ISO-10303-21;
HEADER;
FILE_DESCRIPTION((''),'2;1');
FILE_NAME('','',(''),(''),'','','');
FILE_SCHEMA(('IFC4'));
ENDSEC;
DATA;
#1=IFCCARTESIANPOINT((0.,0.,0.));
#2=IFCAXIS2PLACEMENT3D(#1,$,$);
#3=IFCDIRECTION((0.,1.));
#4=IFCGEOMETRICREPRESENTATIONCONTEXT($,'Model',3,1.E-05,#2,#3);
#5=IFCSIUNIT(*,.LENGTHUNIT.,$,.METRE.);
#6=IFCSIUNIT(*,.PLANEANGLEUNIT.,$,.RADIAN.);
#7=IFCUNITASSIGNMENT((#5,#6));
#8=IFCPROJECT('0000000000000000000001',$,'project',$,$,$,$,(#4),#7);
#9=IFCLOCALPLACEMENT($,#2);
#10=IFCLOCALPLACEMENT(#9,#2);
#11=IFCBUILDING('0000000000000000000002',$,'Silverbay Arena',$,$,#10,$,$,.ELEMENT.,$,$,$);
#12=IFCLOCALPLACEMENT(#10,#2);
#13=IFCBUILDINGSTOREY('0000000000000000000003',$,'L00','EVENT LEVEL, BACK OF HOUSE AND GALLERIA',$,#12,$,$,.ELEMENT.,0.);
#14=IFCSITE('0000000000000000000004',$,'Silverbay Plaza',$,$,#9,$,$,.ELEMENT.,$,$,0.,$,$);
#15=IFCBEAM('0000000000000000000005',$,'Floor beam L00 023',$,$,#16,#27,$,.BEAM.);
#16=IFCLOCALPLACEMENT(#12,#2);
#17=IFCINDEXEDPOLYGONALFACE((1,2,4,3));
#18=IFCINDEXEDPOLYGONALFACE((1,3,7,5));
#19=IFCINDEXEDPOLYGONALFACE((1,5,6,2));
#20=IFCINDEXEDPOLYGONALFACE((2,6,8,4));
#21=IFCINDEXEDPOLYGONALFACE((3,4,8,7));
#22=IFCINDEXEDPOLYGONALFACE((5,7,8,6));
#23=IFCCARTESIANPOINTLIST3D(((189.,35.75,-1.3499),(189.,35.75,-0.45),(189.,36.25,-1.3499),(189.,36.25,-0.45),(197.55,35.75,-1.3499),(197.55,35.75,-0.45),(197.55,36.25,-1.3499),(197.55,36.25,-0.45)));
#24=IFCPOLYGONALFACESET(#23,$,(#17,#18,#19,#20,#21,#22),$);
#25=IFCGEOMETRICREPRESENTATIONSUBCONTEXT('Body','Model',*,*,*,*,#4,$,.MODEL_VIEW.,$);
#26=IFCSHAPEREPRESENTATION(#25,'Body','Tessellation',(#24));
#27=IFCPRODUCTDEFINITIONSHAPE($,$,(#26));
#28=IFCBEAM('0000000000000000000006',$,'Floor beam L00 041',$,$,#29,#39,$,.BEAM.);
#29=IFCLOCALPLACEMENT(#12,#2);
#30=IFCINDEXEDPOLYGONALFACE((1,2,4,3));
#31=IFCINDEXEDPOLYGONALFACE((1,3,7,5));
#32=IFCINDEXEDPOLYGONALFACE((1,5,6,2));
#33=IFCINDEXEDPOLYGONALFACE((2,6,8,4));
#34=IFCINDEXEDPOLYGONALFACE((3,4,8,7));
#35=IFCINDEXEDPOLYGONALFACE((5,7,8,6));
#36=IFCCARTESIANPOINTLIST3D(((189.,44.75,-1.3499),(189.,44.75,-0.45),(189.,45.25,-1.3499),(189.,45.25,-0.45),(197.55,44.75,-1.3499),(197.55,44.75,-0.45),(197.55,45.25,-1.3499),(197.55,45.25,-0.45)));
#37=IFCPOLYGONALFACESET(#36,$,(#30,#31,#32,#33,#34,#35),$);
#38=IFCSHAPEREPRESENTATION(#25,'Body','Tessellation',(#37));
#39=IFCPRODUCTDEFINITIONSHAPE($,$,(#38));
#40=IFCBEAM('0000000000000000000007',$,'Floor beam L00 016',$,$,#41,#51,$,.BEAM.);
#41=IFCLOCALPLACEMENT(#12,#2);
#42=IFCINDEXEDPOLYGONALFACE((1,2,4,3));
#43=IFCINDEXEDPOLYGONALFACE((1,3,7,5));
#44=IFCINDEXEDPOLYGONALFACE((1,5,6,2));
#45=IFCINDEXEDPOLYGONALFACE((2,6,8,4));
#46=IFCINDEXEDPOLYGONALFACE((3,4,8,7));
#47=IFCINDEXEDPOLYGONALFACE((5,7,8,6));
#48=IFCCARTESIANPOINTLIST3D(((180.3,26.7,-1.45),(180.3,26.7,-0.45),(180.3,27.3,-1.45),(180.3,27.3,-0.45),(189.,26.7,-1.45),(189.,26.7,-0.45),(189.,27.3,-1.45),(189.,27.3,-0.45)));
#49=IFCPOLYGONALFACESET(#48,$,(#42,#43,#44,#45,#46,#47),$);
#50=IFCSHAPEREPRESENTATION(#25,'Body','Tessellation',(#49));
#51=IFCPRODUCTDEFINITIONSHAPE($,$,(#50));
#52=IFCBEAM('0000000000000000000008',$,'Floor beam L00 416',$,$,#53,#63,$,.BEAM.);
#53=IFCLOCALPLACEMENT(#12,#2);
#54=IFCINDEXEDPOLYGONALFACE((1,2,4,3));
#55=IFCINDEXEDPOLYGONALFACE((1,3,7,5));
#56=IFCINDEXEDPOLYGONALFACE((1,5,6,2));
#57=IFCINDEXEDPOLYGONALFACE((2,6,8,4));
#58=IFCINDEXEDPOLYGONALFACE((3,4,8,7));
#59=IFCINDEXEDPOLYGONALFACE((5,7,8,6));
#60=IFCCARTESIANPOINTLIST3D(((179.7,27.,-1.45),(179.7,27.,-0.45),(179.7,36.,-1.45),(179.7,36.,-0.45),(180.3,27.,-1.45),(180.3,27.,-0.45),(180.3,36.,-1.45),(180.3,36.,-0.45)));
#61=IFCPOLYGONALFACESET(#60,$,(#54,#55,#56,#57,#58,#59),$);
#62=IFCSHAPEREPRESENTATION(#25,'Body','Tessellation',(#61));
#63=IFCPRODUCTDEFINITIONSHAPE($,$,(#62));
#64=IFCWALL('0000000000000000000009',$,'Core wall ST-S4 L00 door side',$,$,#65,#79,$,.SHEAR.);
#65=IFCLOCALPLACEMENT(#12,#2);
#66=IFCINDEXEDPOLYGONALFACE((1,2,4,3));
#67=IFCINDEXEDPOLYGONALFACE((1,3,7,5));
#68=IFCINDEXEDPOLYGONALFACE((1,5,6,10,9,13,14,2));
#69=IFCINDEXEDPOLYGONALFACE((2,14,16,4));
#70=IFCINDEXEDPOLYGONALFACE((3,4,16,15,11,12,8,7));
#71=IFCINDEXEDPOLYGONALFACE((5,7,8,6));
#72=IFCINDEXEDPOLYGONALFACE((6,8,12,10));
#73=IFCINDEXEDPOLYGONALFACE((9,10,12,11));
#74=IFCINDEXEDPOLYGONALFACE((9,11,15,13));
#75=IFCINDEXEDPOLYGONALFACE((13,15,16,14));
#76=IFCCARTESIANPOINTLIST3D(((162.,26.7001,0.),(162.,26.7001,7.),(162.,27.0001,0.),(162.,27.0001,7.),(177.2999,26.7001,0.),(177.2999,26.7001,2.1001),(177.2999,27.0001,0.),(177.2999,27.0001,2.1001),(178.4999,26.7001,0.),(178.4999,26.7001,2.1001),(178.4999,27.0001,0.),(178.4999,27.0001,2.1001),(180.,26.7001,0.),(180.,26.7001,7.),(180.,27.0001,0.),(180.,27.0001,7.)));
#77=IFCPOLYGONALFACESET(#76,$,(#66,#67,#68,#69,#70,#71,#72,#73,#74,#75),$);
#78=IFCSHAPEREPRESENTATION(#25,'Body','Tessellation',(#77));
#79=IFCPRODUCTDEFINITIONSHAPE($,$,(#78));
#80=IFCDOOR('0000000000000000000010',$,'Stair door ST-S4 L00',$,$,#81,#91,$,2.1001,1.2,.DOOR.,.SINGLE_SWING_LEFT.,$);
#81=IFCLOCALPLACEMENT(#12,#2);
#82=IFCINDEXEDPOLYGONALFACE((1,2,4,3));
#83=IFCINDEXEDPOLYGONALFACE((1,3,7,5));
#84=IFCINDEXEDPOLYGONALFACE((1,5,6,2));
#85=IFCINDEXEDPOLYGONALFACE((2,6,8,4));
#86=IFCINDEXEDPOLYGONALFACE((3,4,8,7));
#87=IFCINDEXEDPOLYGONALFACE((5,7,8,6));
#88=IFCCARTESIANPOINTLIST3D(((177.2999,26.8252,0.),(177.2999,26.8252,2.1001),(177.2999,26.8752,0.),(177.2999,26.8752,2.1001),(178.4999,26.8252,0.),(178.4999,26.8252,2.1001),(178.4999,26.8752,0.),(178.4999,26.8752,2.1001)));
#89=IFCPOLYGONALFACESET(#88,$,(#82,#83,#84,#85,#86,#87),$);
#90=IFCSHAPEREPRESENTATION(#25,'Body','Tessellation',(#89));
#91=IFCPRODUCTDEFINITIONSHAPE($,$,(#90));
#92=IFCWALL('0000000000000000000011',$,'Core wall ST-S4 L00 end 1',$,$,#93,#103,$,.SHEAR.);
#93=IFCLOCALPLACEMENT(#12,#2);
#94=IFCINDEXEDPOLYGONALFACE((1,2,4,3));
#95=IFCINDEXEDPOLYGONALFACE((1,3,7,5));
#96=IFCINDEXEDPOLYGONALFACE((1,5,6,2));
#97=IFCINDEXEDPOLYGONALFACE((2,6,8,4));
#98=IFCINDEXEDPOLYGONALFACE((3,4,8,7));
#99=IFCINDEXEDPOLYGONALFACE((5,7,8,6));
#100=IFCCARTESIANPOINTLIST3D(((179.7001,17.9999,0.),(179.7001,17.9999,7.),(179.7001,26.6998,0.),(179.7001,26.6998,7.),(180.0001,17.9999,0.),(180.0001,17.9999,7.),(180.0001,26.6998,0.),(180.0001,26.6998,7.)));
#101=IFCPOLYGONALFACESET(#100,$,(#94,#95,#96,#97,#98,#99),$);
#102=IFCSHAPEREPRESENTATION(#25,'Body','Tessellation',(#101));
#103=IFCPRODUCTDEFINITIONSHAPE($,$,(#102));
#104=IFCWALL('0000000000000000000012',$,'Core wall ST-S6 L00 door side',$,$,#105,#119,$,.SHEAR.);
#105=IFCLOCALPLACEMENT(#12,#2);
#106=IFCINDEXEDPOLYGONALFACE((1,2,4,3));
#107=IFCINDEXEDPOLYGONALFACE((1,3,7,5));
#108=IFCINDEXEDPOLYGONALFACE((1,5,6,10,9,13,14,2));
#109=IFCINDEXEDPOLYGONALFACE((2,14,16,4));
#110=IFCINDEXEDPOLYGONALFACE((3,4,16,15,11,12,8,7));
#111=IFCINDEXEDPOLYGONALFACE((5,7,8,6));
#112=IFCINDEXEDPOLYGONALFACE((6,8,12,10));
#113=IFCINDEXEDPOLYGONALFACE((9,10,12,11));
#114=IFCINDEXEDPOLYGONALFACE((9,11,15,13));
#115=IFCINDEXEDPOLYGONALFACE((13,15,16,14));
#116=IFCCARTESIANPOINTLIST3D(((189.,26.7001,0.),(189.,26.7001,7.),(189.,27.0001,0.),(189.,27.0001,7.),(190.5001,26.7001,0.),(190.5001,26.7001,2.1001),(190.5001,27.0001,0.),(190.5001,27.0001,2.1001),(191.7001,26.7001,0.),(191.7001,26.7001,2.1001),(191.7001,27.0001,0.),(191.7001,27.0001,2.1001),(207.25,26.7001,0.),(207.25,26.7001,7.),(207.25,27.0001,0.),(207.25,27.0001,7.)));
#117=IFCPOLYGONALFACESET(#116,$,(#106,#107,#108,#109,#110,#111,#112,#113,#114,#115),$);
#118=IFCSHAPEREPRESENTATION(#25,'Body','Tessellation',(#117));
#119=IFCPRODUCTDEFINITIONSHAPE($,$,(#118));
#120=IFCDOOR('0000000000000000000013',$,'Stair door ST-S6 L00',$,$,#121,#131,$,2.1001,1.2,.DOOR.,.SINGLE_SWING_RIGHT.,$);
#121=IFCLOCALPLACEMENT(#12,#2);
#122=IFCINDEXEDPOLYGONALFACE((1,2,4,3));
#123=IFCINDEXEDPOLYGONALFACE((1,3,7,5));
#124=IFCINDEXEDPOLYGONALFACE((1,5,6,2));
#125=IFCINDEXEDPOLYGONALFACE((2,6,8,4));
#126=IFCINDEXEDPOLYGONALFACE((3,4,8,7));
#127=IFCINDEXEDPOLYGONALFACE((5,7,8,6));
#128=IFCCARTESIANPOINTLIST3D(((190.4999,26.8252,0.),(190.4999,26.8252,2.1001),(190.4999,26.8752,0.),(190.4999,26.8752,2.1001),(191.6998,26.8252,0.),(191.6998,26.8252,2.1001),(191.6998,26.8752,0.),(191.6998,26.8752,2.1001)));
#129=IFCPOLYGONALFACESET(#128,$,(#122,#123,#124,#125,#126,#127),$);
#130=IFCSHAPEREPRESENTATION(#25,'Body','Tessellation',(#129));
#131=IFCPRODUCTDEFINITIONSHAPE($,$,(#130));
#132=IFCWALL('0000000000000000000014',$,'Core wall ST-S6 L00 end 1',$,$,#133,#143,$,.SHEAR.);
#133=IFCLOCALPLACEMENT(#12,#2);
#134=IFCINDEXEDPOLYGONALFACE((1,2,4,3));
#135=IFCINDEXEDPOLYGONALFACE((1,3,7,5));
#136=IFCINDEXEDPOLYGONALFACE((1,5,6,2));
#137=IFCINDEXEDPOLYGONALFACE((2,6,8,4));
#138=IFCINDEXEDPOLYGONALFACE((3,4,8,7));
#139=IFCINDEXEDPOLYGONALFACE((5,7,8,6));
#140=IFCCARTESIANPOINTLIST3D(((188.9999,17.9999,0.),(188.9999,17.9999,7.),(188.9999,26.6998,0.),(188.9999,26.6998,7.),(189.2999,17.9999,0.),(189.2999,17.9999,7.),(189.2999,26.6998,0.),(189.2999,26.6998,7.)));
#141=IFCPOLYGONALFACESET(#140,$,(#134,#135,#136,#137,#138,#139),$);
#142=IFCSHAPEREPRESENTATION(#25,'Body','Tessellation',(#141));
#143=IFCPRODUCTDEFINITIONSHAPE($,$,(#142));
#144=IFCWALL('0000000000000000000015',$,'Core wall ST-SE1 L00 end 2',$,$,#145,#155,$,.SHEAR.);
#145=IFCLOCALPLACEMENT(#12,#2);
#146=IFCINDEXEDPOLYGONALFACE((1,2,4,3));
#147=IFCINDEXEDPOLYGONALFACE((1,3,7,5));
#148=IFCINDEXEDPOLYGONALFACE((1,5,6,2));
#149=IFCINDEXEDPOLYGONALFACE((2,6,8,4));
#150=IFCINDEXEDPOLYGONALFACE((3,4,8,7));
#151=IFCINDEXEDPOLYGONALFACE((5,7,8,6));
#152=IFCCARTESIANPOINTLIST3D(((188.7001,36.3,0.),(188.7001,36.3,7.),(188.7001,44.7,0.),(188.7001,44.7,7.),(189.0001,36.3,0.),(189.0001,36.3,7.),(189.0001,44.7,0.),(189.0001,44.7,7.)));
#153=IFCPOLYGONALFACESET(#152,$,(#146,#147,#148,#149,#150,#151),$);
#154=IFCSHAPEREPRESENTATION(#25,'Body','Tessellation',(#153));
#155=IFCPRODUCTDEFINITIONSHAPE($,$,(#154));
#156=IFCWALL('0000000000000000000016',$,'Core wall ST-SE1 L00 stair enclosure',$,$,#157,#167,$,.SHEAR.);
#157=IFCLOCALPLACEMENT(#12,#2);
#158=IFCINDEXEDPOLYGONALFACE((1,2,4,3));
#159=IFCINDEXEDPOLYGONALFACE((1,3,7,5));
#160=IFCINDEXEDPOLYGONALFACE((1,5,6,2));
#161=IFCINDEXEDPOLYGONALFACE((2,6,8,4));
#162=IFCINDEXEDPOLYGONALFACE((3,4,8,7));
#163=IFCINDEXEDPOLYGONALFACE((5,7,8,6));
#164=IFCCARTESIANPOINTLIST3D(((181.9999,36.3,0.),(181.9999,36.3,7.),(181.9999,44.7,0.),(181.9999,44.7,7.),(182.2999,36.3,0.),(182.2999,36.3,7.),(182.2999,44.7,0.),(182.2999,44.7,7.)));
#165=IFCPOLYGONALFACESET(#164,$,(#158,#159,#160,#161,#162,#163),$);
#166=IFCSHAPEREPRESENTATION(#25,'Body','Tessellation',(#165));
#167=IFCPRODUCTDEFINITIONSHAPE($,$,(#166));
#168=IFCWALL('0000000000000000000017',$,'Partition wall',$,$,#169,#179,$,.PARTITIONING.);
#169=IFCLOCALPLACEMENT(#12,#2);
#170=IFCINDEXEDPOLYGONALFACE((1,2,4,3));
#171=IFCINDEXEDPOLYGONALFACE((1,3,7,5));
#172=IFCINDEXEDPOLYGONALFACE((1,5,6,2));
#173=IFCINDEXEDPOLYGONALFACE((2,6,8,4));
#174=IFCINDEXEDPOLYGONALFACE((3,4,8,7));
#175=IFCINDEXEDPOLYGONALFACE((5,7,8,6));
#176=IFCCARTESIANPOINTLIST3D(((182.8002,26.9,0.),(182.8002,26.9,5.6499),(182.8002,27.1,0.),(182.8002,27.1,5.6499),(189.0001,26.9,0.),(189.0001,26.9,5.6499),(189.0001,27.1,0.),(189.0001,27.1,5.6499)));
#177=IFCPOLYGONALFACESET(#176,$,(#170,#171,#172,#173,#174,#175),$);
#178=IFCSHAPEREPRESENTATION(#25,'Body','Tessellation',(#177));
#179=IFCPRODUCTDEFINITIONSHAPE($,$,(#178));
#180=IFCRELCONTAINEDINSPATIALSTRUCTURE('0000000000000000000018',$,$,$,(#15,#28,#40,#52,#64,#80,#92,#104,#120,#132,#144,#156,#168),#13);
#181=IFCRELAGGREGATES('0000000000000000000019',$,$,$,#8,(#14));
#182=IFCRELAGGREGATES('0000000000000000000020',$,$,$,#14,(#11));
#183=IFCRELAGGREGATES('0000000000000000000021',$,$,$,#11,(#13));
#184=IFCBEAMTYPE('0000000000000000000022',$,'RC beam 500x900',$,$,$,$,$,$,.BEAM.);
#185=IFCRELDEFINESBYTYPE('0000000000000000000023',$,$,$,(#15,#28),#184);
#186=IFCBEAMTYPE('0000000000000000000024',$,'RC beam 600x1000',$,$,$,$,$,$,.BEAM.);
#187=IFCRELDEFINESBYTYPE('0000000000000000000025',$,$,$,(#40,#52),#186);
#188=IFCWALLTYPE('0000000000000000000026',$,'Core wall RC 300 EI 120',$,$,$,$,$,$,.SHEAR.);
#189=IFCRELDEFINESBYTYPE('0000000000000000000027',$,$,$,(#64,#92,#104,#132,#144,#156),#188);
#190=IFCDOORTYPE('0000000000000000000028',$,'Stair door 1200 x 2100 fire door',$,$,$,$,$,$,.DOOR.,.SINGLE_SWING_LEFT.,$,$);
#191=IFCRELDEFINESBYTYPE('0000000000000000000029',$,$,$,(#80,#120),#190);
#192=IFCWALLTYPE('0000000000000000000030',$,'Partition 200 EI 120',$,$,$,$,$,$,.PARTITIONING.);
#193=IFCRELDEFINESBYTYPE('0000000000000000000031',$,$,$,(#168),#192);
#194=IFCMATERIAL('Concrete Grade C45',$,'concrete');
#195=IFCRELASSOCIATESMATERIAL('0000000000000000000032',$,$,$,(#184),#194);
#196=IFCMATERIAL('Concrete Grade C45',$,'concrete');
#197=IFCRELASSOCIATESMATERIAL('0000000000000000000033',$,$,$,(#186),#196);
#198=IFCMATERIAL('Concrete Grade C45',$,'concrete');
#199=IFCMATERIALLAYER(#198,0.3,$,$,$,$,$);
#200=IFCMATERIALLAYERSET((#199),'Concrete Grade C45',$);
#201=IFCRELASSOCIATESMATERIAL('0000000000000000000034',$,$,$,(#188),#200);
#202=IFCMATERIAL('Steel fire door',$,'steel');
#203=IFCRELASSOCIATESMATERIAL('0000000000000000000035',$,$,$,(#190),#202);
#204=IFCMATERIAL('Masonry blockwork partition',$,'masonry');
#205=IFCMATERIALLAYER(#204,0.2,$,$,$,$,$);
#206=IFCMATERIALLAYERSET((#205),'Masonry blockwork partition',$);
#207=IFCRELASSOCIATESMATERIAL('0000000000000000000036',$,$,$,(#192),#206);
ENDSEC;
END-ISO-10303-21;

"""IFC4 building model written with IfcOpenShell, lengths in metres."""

from ifc_helpers import new_model, si_unit, direction, frame, frame_2d, origin, origin_2d, place, context, subcontext, project, spatial, rectangle, extrude, material, layer, layer_set, material_profile, profile_set, type_object, element, fill, save


model = new_model("IFC4")

# Units and contexts
model_context = context("Model", 3, precision=1e-05, world=origin(), true_north=direction((0.0, 1.0)))
body_context = subcontext(model_context, "Body", "Model", "MODEL_VIEW")
ifc_project = project(units=[si_unit("LENGTHUNIT", "METRE"), si_unit("PLANEANGLEUNIT", "RADIAN")], contexts=[model_context])

# Site, building, storey
site_placement = place(None, origin())
site = spatial("IfcSite", under=ifc_project, at=site_placement, Name="Silverbay Plaza", CompositionType="ELEMENT", RefElevation=0.0)
building_placement = place(site_placement, origin())
building = spatial("IfcBuilding", under=site, at=building_placement, Name="Silverbay Arena", CompositionType="ELEMENT")
storey_placement = place(building_placement, origin())
storey = spatial("IfcBuildingStorey", under=building, at=storey_placement, Name="L00", Description="EVENT LEVEL, BACK OF HOUSE AND GALLERIA", CompositionType="ELEMENT", Elevation=0.0)

# Beams
ifc_material_1 = material(Name="Concrete Grade C45", Category="concrete")
ifc_material_profile_1 = material_profile(ifc_material_1, rectangle(XDim=0.5, YDim=0.8999, at=origin_2d()), Name="RC 500x900")
ifc_profile_set_1 = profile_set([ifc_material_profile_1], Name="Concrete Grade C45")
beam_type_1 = type_object("IfcBeamType", Name="RC beam 500x900", PredefinedType="BEAM", material=ifc_profile_set_1)
for number, where, z_axis, x_axis, name in (
    (1, (189.0, 36.0, -0.8999), (1.0, 0.0, 0.0), (0.0, 1.0, 0.0), "Floor beam L00 023"),
    (2, (189.0, 45.0, -0.8999), (1.0, 0.0, 0.0), (0.0, 1.0, 0.0), "Floor beam L00 041"),
):
    element("IfcBeam", number, at=place(storey_placement, frame(where, z_axis=z_axis, x_axis=x_axis)), inside=storey, type_object=beam_type_1, Name=name, PredefinedType="BEAM", context=body_context, shape_type="SweptSolid", body=[
        extrude(rectangle(XDim=0.5, YDim=0.8999, at=origin_2d()), origin(), (0.0, 0.0, 1.0), 8.55),
    ])
ifc_material_2 = material(Name="Concrete Grade C45", Category="concrete")
ifc_material_profile_2 = material_profile(ifc_material_2, rectangle(XDim=0.6001, YDim=1.0, at=origin_2d()), Name="RC 600x1000")
ifc_profile_set_2 = profile_set([ifc_material_profile_2], Name="Concrete Grade C45")
beam_type_2 = type_object("IfcBeamType", Name="RC beam 600x1000", PredefinedType="BEAM", material=ifc_profile_set_2)
beam_1_placement = place(storey_placement, frame((180.3, 27.0, -0.95), z_axis=(1.0, 0.0, 0.0), x_axis=(0.0, 1.0, 0.0)))
element("IfcBeam", 3, at=beam_1_placement, inside=storey, type_object=beam_type_2, Name="Floor beam L00 016", PredefinedType="BEAM", context=body_context, shape_type="SweptSolid", body=[
    extrude(rectangle(XDim=0.6001, YDim=1.0, at=origin_2d()), origin(), (0.0, 0.0, 1.0), 8.7),
])
beam_2_placement = place(storey_placement, frame((180.0, 27.0, -0.95), z_axis=(0.0, 1.0, 0.0), x_axis=(-1.0, 0.0, 0.0)))
element("IfcBeam", 4, at=beam_2_placement, inside=storey, type_object=beam_type_2, Name="Floor beam L00 416", PredefinedType="BEAM", context=body_context, shape_type="SweptSolid", body=[
    extrude(rectangle(XDim=0.6001, YDim=1.0, at=origin_2d()), origin(), (0.0, 0.0, 1.0), 9.0),
])

# Wall, opening, door
ifc_material_3 = material(Name="Concrete Grade C45", Category="concrete")
ifc_layer_1 = layer(ifc_material_3, 0.3)
ifc_layer_set_1 = layer_set([ifc_layer_1], Name="Concrete Grade C45")
wall_type_1 = type_object("IfcWallType", Name="Core wall RC 300 EI 120", PredefinedType="SHEAR", material=ifc_layer_set_1)
wall_1_placement = place(storey_placement, frame((180.0, 26.8501, 0.0), z_axis=(0.0, 0.0, 1.0), x_axis=(-1.0, 0.0, 0.0)))
wall_1 = element("IfcWall", 5, at=wall_1_placement, inside=storey, type_object=wall_type_1, Name="Core wall ST-S4 L00 door side", PredefinedType="SHEAR", context=body_context, shape_type="SweptSolid", body=[
    extrude(rectangle(XDim=18.0, YDim=0.3, at=frame_2d((9.0, 0.0))), origin(), (0.0, 0.0, 1.0), 7.0),
])
opening_1_placement = place(wall_1_placement, frame((1.5, 0.0, 0.0)))
opening_1 = element("IfcOpeningElement", 6, at=opening_1_placement, cuts=wall_1, PredefinedType="OPENING", context=body_context, shape_type="SweptSolid", body=[
    extrude(rectangle(XDim=1.2, YDim=2.1001, at=frame_2d((0.6001, 1.05))), frame((0.0, 0.1602, 0.0), z_axis=(0.0, -1.0, 0.0), x_axis=(1.0, 0.0, 0.0)), (0.0, 0.0, 1.0), 0.3201),
])
ifc_material_4 = material(Name="Steel fire door", Category="steel")
door_type = type_object("IfcDoorType", Name="Stair door 1200 x 2100 fire door", OperationType="SINGLE_SWING_LEFT", PredefinedType="DOOR", material=ifc_material_4)
door_1_placement = place(opening_1_placement, origin())
door_1 = element("IfcDoor", 7, at=door_1_placement, inside=storey, type_object=door_type, Name="Stair door ST-S4 L00", OperationType="SINGLE_SWING_LEFT", OverallHeight=2.1001, OverallWidth=1.2, PredefinedType="DOOR", context=body_context, shape_type="SweptSolid", body=[
    extrude(rectangle(XDim=1.2, YDim=2.1001, at=frame_2d((0.6001, 1.05))), frame((0.0, 0.0249, 0.0), z_axis=(0.0, -1.0, 0.0), x_axis=(1.0, 0.0, 0.0)), (0.0, 0.0, 1.0), 0.05),
])
fill(opening_1, door_1)

# Wall
wall_2_placement = place(storey_placement, frame((179.8501, 26.7, 0.0), z_axis=(0.0, 0.0, 1.0), x_axis=(0.0, -1.0, 0.0)))
element("IfcWall", 8, at=wall_2_placement, inside=storey, type_object=wall_type_1, Name="Core wall ST-S4 L00 end 1", PredefinedType="SHEAR", context=body_context, shape_type="SweptSolid", body=[
    extrude(rectangle(XDim=8.7, YDim=0.3, at=frame_2d((4.3501, 0.0))), origin(), (0.0, 0.0, 1.0), 7.0),
])

# Wall, opening, door
wall_3_placement = place(storey_placement, frame((189.0, 26.8501, 0.0), z_axis=(0.0, 0.0, 1.0), x_axis=(1.0, 0.0, 0.0)))
wall_3 = element("IfcWall", 9, at=wall_3_placement, inside=storey, type_object=wall_type_1, Name="Core wall ST-S6 L00 door side", PredefinedType="SHEAR", context=body_context, shape_type="SweptSolid", body=[
    extrude(rectangle(XDim=18.25, YDim=0.3, at=frame_2d((9.125, 0.0))), origin(), (0.0, 0.0, 1.0), 7.0),
])
opening_2_placement = place(wall_3_placement, frame((1.5, 0.0, 0.0)))
opening_2 = element("IfcOpeningElement", 10, at=opening_2_placement, cuts=wall_3, PredefinedType="OPENING", context=body_context, shape_type="SweptSolid", body=[
    extrude(rectangle(XDim=1.2, YDim=2.1001, at=frame_2d((0.6001, 1.05))), frame((0.0, 0.1602, 0.0), z_axis=(0.0, -1.0, 0.0), x_axis=(1.0, 0.0, 0.0)), (0.0, 0.0, 1.0), 0.3201),
])
door_2_placement = place(opening_2_placement, frame((1.2, 0.0, 0.0), z_axis=(0.0, 0.0, 1.0), x_axis=(-1.0, 0.0, 0.0)))
door_2 = element("IfcDoor", 11, at=door_2_placement, inside=storey, type_object=door_type, Name="Stair door ST-S6 L00", OperationType="SINGLE_SWING_RIGHT", OverallHeight=2.1001, OverallWidth=1.2, PredefinedType="DOOR", context=body_context, shape_type="SweptSolid", body=[
    extrude(rectangle(XDim=1.2, YDim=2.1001, at=frame_2d((0.6001, 1.05))), frame((0.0, 0.0249, 0.0), z_axis=(0.0, -1.0, 0.0), x_axis=(1.0, 0.0, 0.0)), (0.0, 0.0, 1.0), 0.05),
])
fill(opening_2, door_2)

# Walls
wall_4_placement = place(storey_placement, frame((189.1499, 26.7, 0.0), z_axis=(0.0, 0.0, 1.0), x_axis=(0.0, -1.0, 0.0)))
element("IfcWall", 12, at=wall_4_placement, inside=storey, type_object=wall_type_1, Name="Core wall ST-S6 L00 end 1", PredefinedType="SHEAR", context=body_context, shape_type="SweptSolid", body=[
    extrude(rectangle(XDim=8.7, YDim=0.3, at=frame_2d((4.3501, 0.0))), origin(), (0.0, 0.0, 1.0), 7.0),
])
for number, where, z_axis, x_axis, name in (
    (13, (188.8501, 44.7, 0.0), (0.0, 0.0, 1.0), (0.0, -1.0, 0.0), "Core wall ST-SE1 L00 end 2"),
    (14, (182.1499, 44.7, 0.0), (0.0, 0.0, 1.0), (0.0, -1.0, 0.0), "Core wall ST-SE1 L00 stair enclosure"),
):
    element("IfcWall", number, at=place(storey_placement, frame(where, z_axis=z_axis, x_axis=x_axis)), inside=storey, type_object=wall_type_1, Name=name, PredefinedType="SHEAR", context=body_context, shape_type="SweptSolid", body=[
        extrude(rectangle(XDim=8.3999, YDim=0.3, at=frame_2d((4.2, 0.0))), origin(), (0.0, 0.0, 1.0), 7.0),
    ])
ifc_material_5 = material(Name="Masonry blockwork partition", Category="masonry")
ifc_layer_2 = layer(ifc_material_5, 0.2)
ifc_layer_set_2 = layer_set([ifc_layer_2], Name="Masonry blockwork partition")
wall_type_2 = type_object("IfcWallType", Name="Partition 200 EI 120", PredefinedType="PARTITIONING", material=ifc_layer_set_2)
wall_5_placement = place(storey_placement, frame((182.8, 27.0, 0.0), z_axis=(0.0, 0.0, 1.0), x_axis=(1.0, 0.0, 0.0)))
element("IfcWall", 15, at=wall_5_placement, inside=storey, type_object=wall_type_2, Name="Partition wall", PredefinedType="PARTITIONING", context=body_context, shape_type="SweptSolid", body=[
    extrude(rectangle(XDim=6.2, YDim=0.2, at=frame_2d((3.1001, 0.0))), origin(), (0.0, 0.0, 1.0), 5.6499),
])

save(model, "model.ifc")
